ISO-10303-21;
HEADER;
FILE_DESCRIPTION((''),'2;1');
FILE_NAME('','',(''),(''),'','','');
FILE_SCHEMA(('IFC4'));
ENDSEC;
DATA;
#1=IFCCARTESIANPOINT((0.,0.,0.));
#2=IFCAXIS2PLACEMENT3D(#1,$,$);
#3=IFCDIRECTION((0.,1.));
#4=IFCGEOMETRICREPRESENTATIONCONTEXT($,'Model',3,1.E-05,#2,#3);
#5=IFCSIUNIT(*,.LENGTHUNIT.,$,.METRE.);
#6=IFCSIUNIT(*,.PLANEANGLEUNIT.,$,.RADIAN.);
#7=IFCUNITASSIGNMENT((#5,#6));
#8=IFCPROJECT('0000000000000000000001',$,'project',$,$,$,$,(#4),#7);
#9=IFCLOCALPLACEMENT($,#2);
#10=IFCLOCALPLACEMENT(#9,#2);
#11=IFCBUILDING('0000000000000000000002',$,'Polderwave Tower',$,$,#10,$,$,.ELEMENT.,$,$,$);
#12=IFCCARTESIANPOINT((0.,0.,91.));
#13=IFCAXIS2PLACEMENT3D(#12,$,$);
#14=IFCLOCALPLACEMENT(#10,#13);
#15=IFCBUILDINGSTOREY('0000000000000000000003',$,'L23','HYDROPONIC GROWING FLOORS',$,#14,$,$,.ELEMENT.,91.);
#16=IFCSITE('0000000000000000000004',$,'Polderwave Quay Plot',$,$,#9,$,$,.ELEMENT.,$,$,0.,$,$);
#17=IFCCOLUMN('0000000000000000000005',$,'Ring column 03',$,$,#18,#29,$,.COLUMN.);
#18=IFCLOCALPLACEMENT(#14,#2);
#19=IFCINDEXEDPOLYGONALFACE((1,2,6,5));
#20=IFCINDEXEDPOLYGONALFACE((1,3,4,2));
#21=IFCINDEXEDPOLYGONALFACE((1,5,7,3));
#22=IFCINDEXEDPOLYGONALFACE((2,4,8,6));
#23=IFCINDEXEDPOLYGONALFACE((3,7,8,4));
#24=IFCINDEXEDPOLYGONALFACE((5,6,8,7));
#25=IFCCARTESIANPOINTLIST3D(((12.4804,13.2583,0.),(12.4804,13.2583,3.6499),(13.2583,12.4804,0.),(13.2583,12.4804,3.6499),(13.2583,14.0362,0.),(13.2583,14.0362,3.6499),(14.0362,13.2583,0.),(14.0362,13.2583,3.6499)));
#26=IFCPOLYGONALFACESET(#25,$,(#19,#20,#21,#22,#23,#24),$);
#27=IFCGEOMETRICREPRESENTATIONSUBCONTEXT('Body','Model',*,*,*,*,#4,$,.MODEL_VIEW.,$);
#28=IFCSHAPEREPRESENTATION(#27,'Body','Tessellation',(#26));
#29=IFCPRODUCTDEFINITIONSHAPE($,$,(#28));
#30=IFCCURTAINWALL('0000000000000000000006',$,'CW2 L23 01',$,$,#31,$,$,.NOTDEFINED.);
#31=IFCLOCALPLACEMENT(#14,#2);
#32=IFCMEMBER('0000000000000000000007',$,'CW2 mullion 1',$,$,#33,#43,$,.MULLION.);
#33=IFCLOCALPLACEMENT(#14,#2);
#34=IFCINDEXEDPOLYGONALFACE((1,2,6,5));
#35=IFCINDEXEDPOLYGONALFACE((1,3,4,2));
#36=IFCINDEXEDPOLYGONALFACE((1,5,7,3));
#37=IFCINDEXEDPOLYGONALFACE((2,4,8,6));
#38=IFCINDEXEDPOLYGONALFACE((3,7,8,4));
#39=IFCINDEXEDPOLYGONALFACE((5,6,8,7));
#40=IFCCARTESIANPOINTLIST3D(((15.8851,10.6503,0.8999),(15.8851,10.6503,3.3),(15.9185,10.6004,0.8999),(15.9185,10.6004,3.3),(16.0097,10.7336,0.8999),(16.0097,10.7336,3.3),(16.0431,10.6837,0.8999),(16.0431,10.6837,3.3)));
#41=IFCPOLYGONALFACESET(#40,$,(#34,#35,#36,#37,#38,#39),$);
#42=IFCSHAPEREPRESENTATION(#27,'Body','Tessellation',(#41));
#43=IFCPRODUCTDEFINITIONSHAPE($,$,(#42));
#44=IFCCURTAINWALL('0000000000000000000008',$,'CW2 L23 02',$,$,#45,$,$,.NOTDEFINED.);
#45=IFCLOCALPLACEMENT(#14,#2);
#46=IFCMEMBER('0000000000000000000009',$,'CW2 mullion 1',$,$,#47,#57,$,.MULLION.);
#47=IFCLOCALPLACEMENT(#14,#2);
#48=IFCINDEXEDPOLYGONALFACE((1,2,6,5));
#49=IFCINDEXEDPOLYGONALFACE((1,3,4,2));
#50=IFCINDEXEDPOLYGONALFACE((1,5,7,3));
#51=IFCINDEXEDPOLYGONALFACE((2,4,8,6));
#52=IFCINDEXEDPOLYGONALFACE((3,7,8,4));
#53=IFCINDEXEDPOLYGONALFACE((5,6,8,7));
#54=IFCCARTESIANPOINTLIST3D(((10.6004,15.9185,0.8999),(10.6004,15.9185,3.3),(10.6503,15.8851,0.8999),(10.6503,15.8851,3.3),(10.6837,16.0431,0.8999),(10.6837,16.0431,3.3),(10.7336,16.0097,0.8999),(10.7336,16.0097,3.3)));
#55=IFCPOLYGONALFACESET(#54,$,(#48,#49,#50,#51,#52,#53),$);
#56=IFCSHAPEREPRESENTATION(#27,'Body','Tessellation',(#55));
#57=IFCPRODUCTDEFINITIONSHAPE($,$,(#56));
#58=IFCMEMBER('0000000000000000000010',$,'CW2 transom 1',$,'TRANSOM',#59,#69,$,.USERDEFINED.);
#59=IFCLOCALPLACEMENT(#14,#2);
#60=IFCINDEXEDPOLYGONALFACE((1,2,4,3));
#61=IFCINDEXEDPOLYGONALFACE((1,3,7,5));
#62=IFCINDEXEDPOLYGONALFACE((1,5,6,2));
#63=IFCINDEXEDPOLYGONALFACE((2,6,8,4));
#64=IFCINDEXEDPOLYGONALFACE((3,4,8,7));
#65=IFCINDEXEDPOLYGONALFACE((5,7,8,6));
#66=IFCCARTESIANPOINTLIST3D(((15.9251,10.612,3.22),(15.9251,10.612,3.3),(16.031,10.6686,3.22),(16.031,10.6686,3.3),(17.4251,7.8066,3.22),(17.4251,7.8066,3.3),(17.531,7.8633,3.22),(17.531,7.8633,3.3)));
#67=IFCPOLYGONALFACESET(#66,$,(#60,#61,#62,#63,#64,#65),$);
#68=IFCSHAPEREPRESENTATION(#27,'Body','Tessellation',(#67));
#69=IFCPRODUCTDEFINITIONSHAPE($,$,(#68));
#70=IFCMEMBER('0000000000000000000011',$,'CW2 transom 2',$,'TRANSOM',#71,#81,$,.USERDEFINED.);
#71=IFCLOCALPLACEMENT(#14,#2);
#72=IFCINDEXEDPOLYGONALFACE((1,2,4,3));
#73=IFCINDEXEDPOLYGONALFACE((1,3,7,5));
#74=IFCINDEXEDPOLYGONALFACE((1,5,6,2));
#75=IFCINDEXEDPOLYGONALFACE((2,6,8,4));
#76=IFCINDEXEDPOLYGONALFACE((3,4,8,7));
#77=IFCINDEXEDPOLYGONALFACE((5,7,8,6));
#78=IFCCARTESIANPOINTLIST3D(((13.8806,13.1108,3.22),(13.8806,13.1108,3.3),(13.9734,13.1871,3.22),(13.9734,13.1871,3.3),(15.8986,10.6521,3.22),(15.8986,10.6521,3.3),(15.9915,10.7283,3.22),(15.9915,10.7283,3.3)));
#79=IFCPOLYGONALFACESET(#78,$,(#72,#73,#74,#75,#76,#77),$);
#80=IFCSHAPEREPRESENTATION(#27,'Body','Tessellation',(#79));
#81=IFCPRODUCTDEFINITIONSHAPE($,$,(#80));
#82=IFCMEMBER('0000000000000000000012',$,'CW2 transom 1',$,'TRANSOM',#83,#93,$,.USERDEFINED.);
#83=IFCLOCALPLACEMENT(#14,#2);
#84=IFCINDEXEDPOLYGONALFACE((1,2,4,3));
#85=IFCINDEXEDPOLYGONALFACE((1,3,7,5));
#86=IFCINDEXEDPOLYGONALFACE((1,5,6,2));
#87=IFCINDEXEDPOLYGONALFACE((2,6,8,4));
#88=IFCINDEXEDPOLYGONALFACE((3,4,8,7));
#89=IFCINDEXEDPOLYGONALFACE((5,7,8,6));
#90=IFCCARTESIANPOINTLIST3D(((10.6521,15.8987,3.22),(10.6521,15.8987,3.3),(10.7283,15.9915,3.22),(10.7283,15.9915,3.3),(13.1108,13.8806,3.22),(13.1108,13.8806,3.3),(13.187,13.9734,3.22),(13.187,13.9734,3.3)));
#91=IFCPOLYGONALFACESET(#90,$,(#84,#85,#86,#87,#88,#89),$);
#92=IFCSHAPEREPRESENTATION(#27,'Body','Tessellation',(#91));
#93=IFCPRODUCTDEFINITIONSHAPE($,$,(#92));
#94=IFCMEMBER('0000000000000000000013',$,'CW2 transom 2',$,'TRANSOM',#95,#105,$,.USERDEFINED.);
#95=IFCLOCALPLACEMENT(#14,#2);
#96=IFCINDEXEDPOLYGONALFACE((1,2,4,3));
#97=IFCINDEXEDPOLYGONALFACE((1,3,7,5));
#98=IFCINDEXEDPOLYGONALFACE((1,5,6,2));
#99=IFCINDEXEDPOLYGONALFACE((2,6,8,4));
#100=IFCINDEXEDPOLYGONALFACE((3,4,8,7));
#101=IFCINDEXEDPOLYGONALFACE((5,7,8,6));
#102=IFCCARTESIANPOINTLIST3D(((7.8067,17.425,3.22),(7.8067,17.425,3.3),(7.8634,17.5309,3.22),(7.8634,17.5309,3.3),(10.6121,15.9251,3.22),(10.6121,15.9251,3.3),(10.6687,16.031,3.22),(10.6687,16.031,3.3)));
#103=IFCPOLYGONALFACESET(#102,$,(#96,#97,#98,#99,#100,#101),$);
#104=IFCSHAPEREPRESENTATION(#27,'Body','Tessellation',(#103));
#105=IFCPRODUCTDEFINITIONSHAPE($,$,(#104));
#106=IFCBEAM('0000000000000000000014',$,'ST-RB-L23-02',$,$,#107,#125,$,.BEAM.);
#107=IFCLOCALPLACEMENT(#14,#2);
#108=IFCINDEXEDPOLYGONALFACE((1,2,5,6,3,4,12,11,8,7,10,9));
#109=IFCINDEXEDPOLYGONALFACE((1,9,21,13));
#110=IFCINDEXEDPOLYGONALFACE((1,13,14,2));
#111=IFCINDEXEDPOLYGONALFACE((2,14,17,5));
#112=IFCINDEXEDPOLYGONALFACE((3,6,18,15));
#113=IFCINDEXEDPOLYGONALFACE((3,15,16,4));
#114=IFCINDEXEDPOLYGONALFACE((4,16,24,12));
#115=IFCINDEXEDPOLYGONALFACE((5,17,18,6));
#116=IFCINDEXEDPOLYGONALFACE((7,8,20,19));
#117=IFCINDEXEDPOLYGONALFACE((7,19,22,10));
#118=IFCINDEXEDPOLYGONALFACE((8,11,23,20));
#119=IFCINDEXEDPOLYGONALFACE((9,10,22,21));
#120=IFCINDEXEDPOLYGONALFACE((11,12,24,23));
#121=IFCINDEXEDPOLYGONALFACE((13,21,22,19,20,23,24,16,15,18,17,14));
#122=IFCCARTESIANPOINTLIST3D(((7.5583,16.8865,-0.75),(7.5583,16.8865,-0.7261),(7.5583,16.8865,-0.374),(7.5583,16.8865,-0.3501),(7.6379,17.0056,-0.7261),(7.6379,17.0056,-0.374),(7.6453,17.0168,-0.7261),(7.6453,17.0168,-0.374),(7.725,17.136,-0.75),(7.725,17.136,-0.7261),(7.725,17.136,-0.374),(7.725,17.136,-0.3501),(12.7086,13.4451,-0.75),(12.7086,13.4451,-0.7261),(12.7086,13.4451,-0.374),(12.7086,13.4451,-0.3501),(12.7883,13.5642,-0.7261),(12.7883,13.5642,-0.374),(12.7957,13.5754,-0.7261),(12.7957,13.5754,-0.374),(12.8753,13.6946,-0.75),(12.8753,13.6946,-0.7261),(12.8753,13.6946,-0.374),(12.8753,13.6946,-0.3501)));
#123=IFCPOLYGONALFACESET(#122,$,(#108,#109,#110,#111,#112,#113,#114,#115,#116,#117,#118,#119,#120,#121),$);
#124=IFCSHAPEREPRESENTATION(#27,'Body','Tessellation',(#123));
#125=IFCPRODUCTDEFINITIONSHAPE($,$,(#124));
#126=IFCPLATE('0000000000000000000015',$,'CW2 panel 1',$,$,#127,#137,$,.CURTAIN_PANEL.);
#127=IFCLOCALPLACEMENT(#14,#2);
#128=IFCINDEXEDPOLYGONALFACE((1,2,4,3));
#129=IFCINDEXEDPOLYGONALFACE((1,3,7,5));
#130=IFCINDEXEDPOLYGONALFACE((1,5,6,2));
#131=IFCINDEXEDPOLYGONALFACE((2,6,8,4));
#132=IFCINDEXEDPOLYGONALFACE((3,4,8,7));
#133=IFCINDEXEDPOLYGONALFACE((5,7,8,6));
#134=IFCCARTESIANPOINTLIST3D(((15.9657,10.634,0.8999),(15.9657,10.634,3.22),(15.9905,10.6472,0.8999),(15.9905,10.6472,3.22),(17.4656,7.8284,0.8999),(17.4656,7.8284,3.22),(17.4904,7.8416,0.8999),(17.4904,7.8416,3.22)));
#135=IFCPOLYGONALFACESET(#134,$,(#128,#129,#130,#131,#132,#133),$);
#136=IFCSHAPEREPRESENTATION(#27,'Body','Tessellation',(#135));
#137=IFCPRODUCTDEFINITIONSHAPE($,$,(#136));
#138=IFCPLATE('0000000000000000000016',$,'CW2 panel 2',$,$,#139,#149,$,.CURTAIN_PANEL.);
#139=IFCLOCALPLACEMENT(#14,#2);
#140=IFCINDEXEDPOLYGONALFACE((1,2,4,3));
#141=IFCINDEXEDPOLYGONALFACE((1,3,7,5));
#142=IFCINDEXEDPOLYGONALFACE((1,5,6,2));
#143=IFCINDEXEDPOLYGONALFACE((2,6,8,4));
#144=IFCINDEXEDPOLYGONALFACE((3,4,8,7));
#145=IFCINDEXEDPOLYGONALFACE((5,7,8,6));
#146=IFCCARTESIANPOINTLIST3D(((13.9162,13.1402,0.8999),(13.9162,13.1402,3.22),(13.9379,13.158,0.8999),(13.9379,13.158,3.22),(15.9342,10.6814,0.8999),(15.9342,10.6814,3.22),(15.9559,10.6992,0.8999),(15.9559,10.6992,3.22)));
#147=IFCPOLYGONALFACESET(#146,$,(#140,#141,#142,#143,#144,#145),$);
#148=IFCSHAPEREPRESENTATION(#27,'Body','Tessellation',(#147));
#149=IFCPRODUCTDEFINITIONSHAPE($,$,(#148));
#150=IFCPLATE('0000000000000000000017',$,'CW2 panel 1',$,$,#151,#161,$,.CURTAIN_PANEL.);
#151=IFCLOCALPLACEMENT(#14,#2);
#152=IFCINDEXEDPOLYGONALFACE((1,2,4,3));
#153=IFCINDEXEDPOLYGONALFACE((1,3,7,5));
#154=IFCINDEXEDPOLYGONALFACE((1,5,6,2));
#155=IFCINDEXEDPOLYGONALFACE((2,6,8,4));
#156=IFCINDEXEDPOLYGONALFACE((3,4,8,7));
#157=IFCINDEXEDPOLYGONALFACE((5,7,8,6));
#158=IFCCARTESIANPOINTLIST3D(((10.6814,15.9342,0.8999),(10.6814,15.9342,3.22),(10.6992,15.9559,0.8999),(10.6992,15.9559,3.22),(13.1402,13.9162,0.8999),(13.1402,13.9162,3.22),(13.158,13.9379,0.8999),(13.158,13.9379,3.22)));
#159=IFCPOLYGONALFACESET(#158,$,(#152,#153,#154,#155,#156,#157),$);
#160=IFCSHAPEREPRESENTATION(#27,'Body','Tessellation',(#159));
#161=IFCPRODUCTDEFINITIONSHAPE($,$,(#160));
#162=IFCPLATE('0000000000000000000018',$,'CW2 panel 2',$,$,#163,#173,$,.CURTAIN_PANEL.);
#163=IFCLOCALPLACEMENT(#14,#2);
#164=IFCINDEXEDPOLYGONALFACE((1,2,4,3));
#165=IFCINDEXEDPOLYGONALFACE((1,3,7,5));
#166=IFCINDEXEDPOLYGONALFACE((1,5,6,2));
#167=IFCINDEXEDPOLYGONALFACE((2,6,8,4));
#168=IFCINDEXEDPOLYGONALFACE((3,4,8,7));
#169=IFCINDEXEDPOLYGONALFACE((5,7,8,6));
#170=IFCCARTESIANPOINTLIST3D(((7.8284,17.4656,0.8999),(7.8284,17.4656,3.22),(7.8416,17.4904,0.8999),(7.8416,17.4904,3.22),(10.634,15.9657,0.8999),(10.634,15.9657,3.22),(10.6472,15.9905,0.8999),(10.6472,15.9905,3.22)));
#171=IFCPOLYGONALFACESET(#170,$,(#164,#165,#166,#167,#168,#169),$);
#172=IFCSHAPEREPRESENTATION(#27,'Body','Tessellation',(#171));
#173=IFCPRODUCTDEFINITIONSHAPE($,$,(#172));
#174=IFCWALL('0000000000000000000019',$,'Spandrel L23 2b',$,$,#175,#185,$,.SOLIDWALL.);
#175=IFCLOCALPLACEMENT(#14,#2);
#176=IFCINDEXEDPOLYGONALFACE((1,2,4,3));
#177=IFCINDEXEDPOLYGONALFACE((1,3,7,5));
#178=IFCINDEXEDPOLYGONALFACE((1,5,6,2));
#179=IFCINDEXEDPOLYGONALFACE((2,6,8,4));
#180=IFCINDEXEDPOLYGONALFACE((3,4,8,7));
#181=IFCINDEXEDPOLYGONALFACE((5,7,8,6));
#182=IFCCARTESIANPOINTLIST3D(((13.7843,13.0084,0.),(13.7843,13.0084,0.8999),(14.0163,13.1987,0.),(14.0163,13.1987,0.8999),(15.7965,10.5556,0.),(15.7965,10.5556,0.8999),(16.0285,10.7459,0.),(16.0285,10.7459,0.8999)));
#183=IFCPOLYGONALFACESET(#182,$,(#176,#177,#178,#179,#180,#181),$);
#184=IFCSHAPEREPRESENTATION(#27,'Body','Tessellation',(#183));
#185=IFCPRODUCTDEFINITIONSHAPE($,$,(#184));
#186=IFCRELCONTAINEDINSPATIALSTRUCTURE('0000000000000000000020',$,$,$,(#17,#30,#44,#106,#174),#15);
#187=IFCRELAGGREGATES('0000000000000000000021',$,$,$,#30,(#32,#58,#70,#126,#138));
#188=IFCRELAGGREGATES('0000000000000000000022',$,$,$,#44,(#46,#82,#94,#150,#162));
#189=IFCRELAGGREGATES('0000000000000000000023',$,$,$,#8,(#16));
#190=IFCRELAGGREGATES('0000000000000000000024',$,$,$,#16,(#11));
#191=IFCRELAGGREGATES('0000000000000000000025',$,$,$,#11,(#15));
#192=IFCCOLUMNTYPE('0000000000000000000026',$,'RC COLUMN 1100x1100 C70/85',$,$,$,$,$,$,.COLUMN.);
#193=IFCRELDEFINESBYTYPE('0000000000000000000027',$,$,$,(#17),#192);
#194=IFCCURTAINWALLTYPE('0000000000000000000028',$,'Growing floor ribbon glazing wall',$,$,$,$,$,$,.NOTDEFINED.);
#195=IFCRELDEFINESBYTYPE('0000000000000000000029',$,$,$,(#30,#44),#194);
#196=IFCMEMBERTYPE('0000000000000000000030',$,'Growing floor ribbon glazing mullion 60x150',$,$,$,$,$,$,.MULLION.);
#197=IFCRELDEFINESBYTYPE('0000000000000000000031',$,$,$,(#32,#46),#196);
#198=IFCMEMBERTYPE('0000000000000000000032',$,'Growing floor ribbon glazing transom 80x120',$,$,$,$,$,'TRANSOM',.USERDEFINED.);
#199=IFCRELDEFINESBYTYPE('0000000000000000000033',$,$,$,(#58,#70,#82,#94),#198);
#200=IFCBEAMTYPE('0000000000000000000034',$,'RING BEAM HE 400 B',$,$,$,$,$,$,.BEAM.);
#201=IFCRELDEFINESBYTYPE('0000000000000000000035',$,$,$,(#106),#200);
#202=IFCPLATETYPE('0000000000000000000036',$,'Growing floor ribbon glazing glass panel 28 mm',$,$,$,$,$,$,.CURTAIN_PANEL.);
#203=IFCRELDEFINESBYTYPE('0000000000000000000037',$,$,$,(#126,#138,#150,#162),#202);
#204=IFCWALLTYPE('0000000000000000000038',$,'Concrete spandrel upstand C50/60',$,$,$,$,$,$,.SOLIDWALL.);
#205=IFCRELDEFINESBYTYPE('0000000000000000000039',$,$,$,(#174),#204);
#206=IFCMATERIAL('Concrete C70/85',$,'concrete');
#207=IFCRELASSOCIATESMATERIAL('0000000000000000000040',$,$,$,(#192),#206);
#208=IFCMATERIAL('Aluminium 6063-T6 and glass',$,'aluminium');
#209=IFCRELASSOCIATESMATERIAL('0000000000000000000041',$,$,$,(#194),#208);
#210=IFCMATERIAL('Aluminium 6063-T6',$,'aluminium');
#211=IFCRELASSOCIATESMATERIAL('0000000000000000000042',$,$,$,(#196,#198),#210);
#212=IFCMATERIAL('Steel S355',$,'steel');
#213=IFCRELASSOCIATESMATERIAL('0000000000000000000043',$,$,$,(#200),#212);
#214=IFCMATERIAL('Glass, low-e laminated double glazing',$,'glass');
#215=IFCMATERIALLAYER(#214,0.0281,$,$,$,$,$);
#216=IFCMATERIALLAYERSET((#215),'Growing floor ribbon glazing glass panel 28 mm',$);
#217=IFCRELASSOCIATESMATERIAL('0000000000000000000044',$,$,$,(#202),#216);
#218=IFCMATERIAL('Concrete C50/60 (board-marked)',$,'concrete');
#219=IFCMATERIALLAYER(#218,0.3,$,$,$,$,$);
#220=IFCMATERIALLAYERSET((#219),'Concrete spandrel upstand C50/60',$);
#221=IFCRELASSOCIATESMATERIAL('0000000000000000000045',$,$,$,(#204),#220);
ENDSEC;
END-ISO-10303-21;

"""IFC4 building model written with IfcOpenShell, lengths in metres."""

from ifc_helpers import new_model, si_unit, direction, frame, frame_2d, origin, origin_2d, place, context, subcontext, project, spatial, rectangle, i_section, extrude, material, layer, layer_set, material_profile, profile_set, type_object, element, aggregate, save


model = new_model("IFC4")

# Units and contexts
model_context = context("Model", 3, precision=1e-05, world=origin(), true_north=direction((0.0, 1.0)))
body_context = subcontext(model_context, "Body", "Model", "MODEL_VIEW")
ifc_project = project(units=[si_unit("LENGTHUNIT", "METRE"), si_unit("PLANEANGLEUNIT", "RADIAN")], contexts=[model_context])

# Site, building, storey
site_placement = place(None, origin())
site = spatial("IfcSite", under=ifc_project, at=site_placement, Name="Polderwave Quay Plot", CompositionType="ELEMENT", RefElevation=0.0)
building_placement = place(site_placement, origin())
building = spatial("IfcBuilding", under=site, at=building_placement, Name="Polderwave Tower", CompositionType="ELEMENT")
storey_placement = place(building_placement, frame((0.0, 0.0, 91.0)))
storey = spatial("IfcBuildingStorey", under=building, at=storey_placement, Name="L23", Description="HYDROPONIC GROWING FLOORS", CompositionType="ELEMENT", Elevation=91.0)

# Column
ifc_material_1 = material(Name="Concrete C70/85", Category="concrete")
ifc_material_profile_1 = material_profile(ifc_material_1, rectangle(XDim=1.1001, YDim=1.1001, at=origin_2d()), Name="RC 1100x1100")
ifc_profile_set_1 = profile_set([ifc_material_profile_1], Name="Concrete C70/85")
column_type = type_object("IfcColumnType", Name="RC COLUMN 1100x1100 C70/85", PredefinedType="COLUMN", material=ifc_profile_set_1)
column_placement = place(storey_placement, frame((13.2583, 13.2583, 0.0), z_axis=(0.0, 0.0, 1.0), x_axis=(0.707107, 0.707107, 0.0)))
element("IfcColumn", 1, at=column_placement, inside=storey, type_object=column_type, Name="Ring column 03", PredefinedType="COLUMN", context=body_context, shape_type="SweptSolid", body=[
    extrude(rectangle(XDim=1.1001, YDim=1.1001, at=origin_2d()), origin(), (0.0, 0.0, 1.0), 3.6499),
])

# Curtain walls, members
ifc_material_2 = material(Name="Aluminium 6063-T6 and glass", Category="aluminium")
curtain_wall_type = type_object("IfcCurtainWallType", Name="Growing floor ribbon glazing wall", PredefinedType="NOTDEFINED", material=ifc_material_2)
curtain_wall_1_placement = place(storey_placement, origin())
curtain_wall_1 = element("IfcCurtainWall", 2, at=curtain_wall_1_placement, inside=storey, type_object=curtain_wall_type, Name="CW2 L23 01", PredefinedType="NOTDEFINED")
ifc_material_3 = material(Name="Aluminium 6063-T6", Category="aluminium")
ifc_material_profile_2 = material_profile(ifc_material_3, rectangle(XDim=0.1499, YDim=0.0601, at=origin_2d()), Name="AL 60x150")
ifc_profile_set_2 = profile_set([ifc_material_profile_2], Name="Aluminium 6063-T6")
member_type_1 = type_object("IfcMemberType", Name="Growing floor ribbon glazing mullion 60x150", PredefinedType="MULLION", material=ifc_profile_set_2)
member_1_placement = place(storey_placement, frame((15.9641, 10.667, 0.8999), z_axis=(0.0, 0.0, 1.0), x_axis=(-0.831444, -0.555608, 0.0)))
member_1 = element("IfcMember", 3, at=member_1_placement, type_object=member_type_1, Name="CW2 mullion 1", PredefinedType="MULLION", context=body_context, shape_type="SweptSolid", body=[
    extrude(rectangle(XDim=0.1499, YDim=0.0601, at=origin_2d()), origin(), (0.0, 0.0, 1.0), 2.4001),
])
curtain_wall_2_placement = place(storey_placement, origin())
curtain_wall_2 = element("IfcCurtainWall", 4, at=curtain_wall_2_placement, inside=storey, type_object=curtain_wall_type, Name="CW2 L23 02", PredefinedType="NOTDEFINED")
member_2_placement = place(storey_placement, frame((10.667, 15.9641, 0.8999), z_axis=(0.0, 0.0, 1.0), x_axis=(-0.555608, -0.831444, 0.0)))
member_2 = element("IfcMember", 5, at=member_2_placement, type_object=member_type_1, Name="CW2 mullion 1", PredefinedType="MULLION", context=body_context, shape_type="SweptSolid", body=[
    extrude(rectangle(XDim=0.1499, YDim=0.0601, at=origin_2d()), origin(), (0.0, 0.0, 1.0), 2.4001),
])

# Members
ifc_material_profile_3 = material_profile(ifc_material_3, rectangle(XDim=0.1201, YDim=0.0801, at=origin_2d()), Name="AL 80x120")
ifc_profile_set_3 = profile_set([ifc_material_profile_3], Name="Aluminium 6063-T6")
member_type_2 = type_object("IfcMemberType", Name="Growing floor ribbon glazing transom 80x120", ElementType="TRANSOM", PredefinedType="USERDEFINED", material=ifc_profile_set_3)
member_3_placement = place(storey_placement, frame((17.478, 7.835, 3.26), z_axis=(-0.471512, 0.88186, 0.0), x_axis=(-0.88186, -0.471512, 0.0)))
member_3 = element("IfcMember", 6, at=member_3_placement, type_object=member_type_2, Name="CW2 transom 1", ObjectType="TRANSOM", PredefinedType="USERDEFINED", context=body_context, shape_type="SweptSolid", body=[
    extrude(rectangle(XDim=0.1201, YDim=0.0801, at=origin_2d()), origin(), (0.0, 0.0, 1.0), 3.1812),
])
member_4_placement = place(storey_placement, frame((15.9451, 10.6902, 3.26), z_axis=(-0.634437, 0.772975, 0.0), x_axis=(-0.772975, -0.634437, 0.0)))
member_4 = element("IfcMember", 7, at=member_4_placement, type_object=member_type_2, Name="CW2 transom 2", ObjectType="TRANSOM", PredefinedType="USERDEFINED", context=body_context, shape_type="SweptSolid", body=[
    extrude(rectangle(XDim=0.1201, YDim=0.0801, at=origin_2d()), origin(), (0.0, 0.0, 1.0), 3.1809),
])
member_5_placement = place(storey_placement, frame((13.1489, 13.927, 3.26), z_axis=(-0.772975, 0.634437, 0.0), x_axis=(-0.634437, -0.772975, 0.0)))
member_5 = element("IfcMember", 8, at=member_5_placement, type_object=member_type_2, Name="CW2 transom 1", ObjectType="TRANSOM", PredefinedType="USERDEFINED", context=body_context, shape_type="SweptSolid", body=[
    extrude(rectangle(XDim=0.1201, YDim=0.0801, at=origin_2d()), origin(), (0.0, 0.0, 1.0), 3.1809),
])
member_6_placement = place(storey_placement, frame((10.6404, 15.978, 3.26), z_axis=(-0.88186, 0.471512, 0.0), x_axis=(-0.471512, -0.88186, 0.0)))
member_6 = element("IfcMember", 9, at=member_6_placement, type_object=member_type_2, Name="CW2 transom 2", ObjectType="TRANSOM", PredefinedType="USERDEFINED", context=body_context, shape_type="SweptSolid", body=[
    extrude(rectangle(XDim=0.1201, YDim=0.0801, at=origin_2d()), origin(), (0.0, 0.0, 1.0), 3.1812),
])

# Beam
ifc_material_4 = material(Name="Steel S355", Category="steel")
ifc_material_profile_4 = material_profile(ifc_material_4, i_section(OverallWidth=0.3, OverallDepth=0.3999, WebThickness=0.0134, FlangeThickness=0.0239, at=origin_2d()), Name="HE 400 B")
ifc_profile_set_4 = profile_set([ifc_material_profile_4], Name="Steel S355")
beam_type = type_object("IfcBeamType", Name="RING BEAM HE 400 B", PredefinedType="BEAM", material=ifc_profile_set_4)
beam_placement = place(storey_placement, frame((12.792, 13.5698, -0.55), z_axis=(-0.831468, 0.555573, 0.0), x_axis=(-0.555573, -0.831468, 0.0)))
element("IfcBeam", 10, at=beam_placement, inside=storey, type_object=beam_type, Name="ST-RB-L23-02", PredefinedType="BEAM", context=body_context, shape_type="SweptSolid", body=[
    extrude(i_section(OverallWidth=0.3, OverallDepth=0.3999, WebThickness=0.0134, FlangeThickness=0.0239, at=origin_2d()), origin(), (0.0, 0.0, 1.0), 6.1943),
])

# Plates
ifc_material_5 = material(Name="Glass, low-e laminated double glazing", Category="glass")
ifc_layer_1 = layer(ifc_material_5, 0.0281)
ifc_layer_set_1 = layer_set([ifc_layer_1], Name="Growing floor ribbon glazing glass panel 28 mm")
plate_type = type_object("IfcPlateType", Name="Growing floor ribbon glazing glass panel 28 mm", PredefinedType="CURTAIN_PANEL", material=ifc_layer_set_1)
plate_1_placement = place(storey_placement, frame((16.728, 9.2378, 0.8999), z_axis=(0.0, 0.0, 1.0), x_axis=(-0.471461, 0.881887, 0.0)))
plate_1 = element("IfcPlate", 11, at=plate_1_placement, type_object=plate_type, Name="CW2 panel 1", PredefinedType="CURTAIN_PANEL", context=body_context, shape_type="SweptSolid", body=[
    extrude(rectangle(XDim=3.1814, YDim=0.0281, at=origin_2d()), origin(), (0.0, 0.0, 1.0), 2.3201),
])
plate_2_placement = place(storey_placement, frame((14.936, 11.9197, 0.8999), z_axis=(0.0, 0.0, 1.0), x_axis=(-0.634407, 0.772999, 0.0)))
plate_2 = element("IfcPlate", 12, at=plate_2_placement, type_object=plate_type, Name="CW2 panel 2", PredefinedType="CURTAIN_PANEL", context=body_context, shape_type="SweptSolid", body=[
    extrude(rectangle(XDim=3.1809, YDim=0.0281, at=origin_2d()), origin(), (0.0, 0.0, 1.0), 2.3201),
])
aggregate(curtain_wall_1, [member_1, member_3, member_4, plate_1, plate_2])
plate_3_placement = place(storey_placement, frame((11.9197, 14.936, 0.8999), z_axis=(0.0, 0.0, 1.0), x_axis=(-0.772999, 0.634407, 0.0)))
plate_3 = element("IfcPlate", 13, at=plate_3_placement, type_object=plate_type, Name="CW2 panel 1", PredefinedType="CURTAIN_PANEL", context=body_context, shape_type="SweptSolid", body=[
    extrude(rectangle(XDim=3.1809, YDim=0.0281, at=origin_2d()), origin(), (0.0, 0.0, 1.0), 2.3201),
])
plate_4_placement = place(storey_placement, frame((9.2378, 16.728, 0.8999), z_axis=(0.0, 0.0, 1.0), x_axis=(-0.881887, 0.471461, 0.0)))
plate_4 = element("IfcPlate", 14, at=plate_4_placement, type_object=plate_type, Name="CW2 panel 2", PredefinedType="CURTAIN_PANEL", context=body_context, shape_type="SweptSolid", body=[
    extrude(rectangle(XDim=3.1814, YDim=0.0281, at=origin_2d()), origin(), (0.0, 0.0, 1.0), 2.3201),
])
aggregate(curtain_wall_2, [member_2, member_5, member_6, plate_3, plate_4])

# Wall
ifc_material_6 = material(Name="Concrete C50/60 (board-marked)", Category="concrete")
ifc_layer_2 = layer(ifc_material_6, 0.3)
ifc_layer_set_2 = layer_set([ifc_layer_2], Name="Concrete spandrel upstand C50/60")
wall_type_1 = type_object("IfcWallType", Name="Concrete spandrel upstand C50/60", PredefinedType="SOLIDWALL", material=ifc_layer_set_2)
for number, where, z_axis, x_axis, name in (
    (15, (15.9126, 10.6506, 0.0), (0.0, 0.0, 1.0), (-0.634239, 0.773137, 0.0), "Spandrel L23 2b"),
):
    element("IfcWall", number, at=place(storey_placement, frame(where, z_axis=z_axis, x_axis=x_axis)), inside=storey, type_object=wall_type_1, Name=name, PredefinedType="SOLIDWALL", context=body_context, shape_type="SweptSolid", body=[
        extrude(rectangle(XDim=3.1726, YDim=0.3, at=frame_2d((1.5864, 0.0))), origin(), (0.0, 0.0, 1.0), 0.8999),
    ])

save(model, "model.ifc")
